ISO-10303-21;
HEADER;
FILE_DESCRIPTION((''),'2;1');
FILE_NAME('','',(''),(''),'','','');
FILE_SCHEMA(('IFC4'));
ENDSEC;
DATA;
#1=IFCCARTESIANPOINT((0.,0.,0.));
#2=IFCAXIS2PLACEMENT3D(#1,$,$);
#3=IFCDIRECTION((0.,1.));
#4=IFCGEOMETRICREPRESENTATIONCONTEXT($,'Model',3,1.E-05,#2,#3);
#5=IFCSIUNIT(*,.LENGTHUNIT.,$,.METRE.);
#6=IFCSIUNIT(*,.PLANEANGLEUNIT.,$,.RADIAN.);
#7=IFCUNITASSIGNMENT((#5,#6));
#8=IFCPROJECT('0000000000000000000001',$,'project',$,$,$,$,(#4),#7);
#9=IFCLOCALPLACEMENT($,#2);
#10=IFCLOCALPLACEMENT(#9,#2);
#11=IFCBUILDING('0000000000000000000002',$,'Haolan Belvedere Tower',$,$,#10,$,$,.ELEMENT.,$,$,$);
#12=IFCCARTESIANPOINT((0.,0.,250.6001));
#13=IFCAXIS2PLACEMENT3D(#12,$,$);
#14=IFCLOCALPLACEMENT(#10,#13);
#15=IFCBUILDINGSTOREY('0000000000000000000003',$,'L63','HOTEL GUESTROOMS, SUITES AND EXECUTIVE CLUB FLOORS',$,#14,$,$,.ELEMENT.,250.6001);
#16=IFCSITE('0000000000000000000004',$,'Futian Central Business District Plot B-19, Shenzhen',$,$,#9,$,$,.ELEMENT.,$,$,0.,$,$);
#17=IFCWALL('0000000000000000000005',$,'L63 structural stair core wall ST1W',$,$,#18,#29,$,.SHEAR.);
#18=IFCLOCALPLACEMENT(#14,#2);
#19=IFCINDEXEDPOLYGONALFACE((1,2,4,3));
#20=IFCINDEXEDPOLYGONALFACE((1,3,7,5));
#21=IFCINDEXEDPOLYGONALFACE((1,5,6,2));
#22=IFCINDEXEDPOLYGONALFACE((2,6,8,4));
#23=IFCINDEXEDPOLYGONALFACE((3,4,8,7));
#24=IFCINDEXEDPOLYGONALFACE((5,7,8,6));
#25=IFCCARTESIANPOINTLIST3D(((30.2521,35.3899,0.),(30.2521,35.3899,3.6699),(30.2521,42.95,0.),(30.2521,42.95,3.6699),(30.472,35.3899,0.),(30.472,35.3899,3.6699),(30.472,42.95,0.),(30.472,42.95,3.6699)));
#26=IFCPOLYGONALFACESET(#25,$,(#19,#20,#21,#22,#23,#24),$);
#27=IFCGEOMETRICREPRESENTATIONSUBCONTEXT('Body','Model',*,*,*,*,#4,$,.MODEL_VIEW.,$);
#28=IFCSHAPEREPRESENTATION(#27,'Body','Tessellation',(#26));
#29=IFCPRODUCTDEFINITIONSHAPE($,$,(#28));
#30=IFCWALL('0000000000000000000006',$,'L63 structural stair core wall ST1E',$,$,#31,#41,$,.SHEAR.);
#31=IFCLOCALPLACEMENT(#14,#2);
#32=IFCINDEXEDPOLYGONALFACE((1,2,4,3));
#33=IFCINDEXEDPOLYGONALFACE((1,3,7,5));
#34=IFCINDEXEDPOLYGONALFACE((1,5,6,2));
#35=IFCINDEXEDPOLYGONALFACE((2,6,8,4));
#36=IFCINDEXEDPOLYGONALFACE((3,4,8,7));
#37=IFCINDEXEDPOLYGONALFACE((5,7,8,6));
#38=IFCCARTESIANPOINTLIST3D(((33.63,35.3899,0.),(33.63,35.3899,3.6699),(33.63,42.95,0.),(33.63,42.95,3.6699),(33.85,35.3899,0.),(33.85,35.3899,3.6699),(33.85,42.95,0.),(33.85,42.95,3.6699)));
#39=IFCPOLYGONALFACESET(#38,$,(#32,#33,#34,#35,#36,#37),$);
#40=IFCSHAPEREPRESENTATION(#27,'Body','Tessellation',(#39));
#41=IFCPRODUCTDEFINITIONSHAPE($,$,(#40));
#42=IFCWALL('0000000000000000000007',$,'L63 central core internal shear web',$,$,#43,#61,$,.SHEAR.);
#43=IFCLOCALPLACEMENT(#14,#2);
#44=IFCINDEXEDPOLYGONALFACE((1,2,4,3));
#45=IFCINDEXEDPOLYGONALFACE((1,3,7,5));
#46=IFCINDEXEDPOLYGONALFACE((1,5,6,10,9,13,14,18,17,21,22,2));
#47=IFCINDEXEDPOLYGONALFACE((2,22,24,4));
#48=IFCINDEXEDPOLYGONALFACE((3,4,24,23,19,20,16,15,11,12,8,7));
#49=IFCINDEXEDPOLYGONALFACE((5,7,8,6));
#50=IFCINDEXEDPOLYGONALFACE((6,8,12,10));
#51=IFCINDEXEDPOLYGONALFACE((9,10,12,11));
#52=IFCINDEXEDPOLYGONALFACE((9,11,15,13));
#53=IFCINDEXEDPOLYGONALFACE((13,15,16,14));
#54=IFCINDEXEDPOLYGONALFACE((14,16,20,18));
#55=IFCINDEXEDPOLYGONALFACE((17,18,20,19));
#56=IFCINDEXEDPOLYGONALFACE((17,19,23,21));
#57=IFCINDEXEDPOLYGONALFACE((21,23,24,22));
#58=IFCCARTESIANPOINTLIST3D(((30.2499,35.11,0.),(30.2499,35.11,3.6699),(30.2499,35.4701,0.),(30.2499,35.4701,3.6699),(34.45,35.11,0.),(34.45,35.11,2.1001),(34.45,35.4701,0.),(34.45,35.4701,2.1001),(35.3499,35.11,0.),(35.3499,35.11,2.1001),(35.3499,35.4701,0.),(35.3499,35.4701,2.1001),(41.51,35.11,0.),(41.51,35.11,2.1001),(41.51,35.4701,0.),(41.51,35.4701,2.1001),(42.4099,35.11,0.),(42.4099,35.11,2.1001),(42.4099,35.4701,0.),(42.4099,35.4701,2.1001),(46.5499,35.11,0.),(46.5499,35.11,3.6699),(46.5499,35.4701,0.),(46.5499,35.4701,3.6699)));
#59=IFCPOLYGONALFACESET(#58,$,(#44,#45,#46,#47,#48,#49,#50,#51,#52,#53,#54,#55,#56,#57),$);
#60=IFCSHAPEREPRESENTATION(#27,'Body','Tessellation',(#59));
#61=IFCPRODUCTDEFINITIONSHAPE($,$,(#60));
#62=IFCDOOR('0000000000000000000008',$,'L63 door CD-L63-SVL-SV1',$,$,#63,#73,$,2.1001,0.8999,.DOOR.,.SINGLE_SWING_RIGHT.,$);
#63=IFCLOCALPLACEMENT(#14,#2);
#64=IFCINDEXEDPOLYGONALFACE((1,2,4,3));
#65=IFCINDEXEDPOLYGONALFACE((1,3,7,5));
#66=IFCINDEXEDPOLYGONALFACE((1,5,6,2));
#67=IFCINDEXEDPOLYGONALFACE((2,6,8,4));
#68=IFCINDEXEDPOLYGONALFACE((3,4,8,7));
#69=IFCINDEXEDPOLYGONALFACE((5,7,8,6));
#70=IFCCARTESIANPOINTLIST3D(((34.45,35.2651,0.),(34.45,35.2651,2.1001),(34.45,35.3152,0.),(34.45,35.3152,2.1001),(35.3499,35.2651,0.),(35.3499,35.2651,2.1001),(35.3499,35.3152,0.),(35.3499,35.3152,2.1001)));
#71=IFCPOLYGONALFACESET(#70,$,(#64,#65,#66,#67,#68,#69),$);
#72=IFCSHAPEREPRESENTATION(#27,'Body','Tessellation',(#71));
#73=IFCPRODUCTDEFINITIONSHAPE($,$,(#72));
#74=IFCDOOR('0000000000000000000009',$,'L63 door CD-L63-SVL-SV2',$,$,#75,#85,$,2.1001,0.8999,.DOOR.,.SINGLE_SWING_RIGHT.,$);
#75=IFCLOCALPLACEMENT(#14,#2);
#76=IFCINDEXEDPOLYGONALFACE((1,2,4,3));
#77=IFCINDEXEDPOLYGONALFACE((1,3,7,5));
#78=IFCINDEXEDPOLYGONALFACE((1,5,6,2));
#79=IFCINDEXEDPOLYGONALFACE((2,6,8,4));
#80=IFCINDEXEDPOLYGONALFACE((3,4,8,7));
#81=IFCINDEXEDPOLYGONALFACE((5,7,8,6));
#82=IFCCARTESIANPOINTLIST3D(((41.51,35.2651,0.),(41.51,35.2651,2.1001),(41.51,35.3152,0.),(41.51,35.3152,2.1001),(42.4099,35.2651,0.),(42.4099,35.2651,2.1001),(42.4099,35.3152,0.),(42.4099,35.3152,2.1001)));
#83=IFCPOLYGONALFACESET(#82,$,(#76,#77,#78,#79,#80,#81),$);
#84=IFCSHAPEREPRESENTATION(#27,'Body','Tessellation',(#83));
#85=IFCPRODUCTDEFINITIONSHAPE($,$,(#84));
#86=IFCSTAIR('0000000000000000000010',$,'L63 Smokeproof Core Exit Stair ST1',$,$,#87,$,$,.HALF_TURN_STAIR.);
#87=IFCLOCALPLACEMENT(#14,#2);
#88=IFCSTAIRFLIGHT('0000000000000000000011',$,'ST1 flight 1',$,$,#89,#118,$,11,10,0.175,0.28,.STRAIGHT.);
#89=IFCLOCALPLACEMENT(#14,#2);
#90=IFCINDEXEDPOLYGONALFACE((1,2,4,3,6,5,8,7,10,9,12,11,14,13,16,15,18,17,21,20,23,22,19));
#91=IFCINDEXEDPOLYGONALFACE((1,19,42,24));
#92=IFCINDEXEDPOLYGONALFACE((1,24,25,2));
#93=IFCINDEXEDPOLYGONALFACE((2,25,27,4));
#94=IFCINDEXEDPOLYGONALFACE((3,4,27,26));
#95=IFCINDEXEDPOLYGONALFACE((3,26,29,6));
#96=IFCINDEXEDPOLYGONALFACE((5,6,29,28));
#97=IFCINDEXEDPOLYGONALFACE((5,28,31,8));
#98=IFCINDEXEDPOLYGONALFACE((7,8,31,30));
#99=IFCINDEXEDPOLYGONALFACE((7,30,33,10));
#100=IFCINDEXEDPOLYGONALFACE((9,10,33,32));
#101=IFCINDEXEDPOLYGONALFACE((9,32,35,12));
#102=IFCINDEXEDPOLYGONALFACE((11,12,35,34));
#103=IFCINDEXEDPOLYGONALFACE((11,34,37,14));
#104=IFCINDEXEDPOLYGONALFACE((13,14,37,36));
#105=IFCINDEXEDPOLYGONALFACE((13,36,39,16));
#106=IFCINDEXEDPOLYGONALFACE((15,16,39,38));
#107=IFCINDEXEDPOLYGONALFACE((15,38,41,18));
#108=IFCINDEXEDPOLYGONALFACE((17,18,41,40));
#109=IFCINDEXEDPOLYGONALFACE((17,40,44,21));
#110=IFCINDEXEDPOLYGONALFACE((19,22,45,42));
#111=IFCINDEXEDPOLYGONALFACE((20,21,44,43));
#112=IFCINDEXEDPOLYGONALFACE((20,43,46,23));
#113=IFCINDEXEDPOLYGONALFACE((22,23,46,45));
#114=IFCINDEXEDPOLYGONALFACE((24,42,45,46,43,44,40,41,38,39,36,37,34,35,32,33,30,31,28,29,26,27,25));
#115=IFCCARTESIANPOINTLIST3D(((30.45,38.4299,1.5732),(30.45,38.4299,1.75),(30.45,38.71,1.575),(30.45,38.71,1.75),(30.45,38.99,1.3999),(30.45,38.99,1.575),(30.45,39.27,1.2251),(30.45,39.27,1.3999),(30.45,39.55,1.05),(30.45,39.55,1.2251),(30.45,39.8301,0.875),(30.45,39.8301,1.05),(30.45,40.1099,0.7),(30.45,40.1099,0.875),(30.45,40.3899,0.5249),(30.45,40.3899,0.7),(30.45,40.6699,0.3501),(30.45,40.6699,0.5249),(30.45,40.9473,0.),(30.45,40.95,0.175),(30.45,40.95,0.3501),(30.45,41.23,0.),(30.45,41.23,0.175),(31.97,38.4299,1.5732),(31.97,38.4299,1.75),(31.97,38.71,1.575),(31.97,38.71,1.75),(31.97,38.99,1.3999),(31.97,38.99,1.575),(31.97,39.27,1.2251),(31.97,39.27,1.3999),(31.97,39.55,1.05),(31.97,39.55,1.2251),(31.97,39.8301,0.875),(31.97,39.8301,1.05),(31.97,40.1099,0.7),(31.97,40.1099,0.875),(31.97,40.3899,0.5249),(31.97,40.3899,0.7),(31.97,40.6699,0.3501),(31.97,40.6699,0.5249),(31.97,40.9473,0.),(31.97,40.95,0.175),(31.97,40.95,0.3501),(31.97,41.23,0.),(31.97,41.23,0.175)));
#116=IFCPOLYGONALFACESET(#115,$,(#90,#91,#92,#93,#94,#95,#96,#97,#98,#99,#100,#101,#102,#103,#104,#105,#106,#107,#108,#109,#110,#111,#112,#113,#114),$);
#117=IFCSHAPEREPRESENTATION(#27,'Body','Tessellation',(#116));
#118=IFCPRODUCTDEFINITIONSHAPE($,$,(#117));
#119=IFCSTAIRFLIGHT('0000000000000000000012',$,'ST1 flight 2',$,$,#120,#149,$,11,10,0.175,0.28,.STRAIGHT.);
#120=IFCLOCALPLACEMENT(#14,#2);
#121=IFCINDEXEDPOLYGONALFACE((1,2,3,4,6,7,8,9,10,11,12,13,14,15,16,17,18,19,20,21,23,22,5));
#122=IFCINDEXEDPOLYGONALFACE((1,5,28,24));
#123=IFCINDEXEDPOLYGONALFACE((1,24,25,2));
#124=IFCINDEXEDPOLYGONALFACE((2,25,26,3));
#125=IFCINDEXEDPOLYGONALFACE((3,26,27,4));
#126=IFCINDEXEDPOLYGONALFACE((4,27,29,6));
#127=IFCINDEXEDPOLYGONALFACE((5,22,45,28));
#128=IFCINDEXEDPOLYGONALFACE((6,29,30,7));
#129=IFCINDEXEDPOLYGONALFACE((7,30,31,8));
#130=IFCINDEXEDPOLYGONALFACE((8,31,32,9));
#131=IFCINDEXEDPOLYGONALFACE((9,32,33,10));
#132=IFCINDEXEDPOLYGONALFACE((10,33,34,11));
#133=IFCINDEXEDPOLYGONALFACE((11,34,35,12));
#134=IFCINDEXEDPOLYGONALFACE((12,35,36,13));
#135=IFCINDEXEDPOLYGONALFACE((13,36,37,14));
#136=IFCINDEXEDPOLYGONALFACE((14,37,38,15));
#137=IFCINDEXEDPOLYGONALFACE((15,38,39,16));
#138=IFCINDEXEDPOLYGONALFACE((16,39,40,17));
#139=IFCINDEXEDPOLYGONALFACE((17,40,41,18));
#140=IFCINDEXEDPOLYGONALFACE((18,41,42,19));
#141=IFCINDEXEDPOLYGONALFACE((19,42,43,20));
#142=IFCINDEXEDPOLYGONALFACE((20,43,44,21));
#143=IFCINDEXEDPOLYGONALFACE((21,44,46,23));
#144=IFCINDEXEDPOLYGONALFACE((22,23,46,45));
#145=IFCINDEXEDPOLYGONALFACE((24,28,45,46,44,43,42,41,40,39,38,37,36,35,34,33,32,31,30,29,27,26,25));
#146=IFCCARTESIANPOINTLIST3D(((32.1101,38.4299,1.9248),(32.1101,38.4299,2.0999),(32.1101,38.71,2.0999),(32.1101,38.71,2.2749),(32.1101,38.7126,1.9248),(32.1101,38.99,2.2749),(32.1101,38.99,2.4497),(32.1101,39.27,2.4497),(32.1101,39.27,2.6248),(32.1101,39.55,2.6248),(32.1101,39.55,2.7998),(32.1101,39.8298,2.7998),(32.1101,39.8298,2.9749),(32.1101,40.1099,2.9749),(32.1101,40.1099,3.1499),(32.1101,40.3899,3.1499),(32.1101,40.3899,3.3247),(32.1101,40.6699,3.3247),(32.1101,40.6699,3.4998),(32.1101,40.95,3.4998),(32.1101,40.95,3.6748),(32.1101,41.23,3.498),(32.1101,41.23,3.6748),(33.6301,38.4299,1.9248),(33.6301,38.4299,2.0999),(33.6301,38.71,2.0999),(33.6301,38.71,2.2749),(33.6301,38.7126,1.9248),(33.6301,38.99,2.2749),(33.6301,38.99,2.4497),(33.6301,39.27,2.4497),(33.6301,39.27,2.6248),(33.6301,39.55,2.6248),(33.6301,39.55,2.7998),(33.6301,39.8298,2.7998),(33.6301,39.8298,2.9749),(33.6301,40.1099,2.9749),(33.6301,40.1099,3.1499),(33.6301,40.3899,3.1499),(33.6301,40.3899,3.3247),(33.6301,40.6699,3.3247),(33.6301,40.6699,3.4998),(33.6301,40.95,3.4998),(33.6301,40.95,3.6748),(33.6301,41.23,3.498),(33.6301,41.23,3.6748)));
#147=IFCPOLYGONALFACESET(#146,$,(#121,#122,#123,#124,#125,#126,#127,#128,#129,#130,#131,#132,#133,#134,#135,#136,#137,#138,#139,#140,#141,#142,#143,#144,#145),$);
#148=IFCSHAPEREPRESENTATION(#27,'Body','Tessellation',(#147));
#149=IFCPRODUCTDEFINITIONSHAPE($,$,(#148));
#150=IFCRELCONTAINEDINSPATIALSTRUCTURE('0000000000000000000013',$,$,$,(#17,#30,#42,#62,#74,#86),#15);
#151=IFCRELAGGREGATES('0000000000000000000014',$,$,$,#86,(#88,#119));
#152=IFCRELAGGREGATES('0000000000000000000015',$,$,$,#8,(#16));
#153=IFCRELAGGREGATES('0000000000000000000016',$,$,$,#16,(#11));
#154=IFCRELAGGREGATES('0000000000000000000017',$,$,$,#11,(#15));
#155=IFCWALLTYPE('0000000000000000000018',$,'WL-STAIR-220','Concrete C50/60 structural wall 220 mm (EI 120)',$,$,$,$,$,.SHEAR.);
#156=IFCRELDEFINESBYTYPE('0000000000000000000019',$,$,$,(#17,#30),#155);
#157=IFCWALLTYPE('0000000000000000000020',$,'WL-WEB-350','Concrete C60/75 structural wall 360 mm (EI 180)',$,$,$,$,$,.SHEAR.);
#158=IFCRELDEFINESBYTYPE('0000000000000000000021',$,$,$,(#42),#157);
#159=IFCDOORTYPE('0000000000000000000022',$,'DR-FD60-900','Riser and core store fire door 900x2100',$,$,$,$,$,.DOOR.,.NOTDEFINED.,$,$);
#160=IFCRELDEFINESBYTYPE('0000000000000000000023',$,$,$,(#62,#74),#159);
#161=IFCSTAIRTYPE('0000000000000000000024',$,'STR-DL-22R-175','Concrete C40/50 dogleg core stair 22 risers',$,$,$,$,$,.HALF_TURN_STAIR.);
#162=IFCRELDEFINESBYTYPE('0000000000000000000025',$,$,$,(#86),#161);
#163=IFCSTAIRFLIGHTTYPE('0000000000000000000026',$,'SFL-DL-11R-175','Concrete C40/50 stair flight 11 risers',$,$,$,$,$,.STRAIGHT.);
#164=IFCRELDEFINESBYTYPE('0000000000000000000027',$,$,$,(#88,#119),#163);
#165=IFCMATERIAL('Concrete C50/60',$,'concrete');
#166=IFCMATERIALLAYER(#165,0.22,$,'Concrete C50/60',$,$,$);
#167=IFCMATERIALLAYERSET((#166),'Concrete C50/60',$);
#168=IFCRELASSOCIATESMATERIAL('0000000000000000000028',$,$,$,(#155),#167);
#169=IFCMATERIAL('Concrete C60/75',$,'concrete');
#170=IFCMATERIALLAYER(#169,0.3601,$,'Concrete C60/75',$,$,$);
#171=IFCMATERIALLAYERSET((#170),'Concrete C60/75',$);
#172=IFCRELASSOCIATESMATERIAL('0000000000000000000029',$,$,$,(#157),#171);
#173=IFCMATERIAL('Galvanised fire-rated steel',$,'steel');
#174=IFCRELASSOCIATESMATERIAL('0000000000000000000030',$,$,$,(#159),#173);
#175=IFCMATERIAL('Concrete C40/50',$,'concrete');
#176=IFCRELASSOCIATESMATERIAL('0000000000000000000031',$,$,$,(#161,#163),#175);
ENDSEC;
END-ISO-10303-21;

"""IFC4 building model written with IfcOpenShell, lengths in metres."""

from ifc_helpers import new_model, si_unit, direction, frame, frame_2d, origin, place, context, subcontext, project, spatial, polyline, rectangle, outline, extrude, material, layer, layer_set, type_object, element, fill, aggregate, save


model = new_model("IFC4")

# Units and contexts
model_context = context("Model", 3, precision=1e-05, world=origin(), true_north=direction((0.0, 1.0)))
body_context = subcontext(model_context, "Body", "Model", "MODEL_VIEW")
ifc_project = project(units=[si_unit("LENGTHUNIT", "METRE"), si_unit("PLANEANGLEUNIT", "RADIAN")], contexts=[model_context])

# Site, building, storey
site_placement = place(None, origin())
site = spatial("IfcSite", under=ifc_project, at=site_placement, Name="Futian Central Business District Plot B-19, Shenzhen", CompositionType="ELEMENT", RefElevation=0.0)
building_placement = place(site_placement, origin())
building = spatial("IfcBuilding", under=site, at=building_placement, Name="Haolan Belvedere Tower", CompositionType="ELEMENT")
storey_placement = place(building_placement, frame((0.0, 0.0, 250.6001)))
storey = spatial("IfcBuildingStorey", under=building, at=storey_placement, Name="L63", Description="HOTEL GUESTROOMS, SUITES AND EXECUTIVE CLUB FLOORS", CompositionType="ELEMENT", Elevation=250.6001)

# Shared definitions
ifc_material_1 = material(Name="Concrete C50/60", Category="concrete")

# Walls
ifc_layer_1 = layer(ifc_material_1, 0.22, Name="Concrete C50/60")
ifc_layer_set_1 = layer_set([ifc_layer_1], Name="Concrete C50/60")
wall_type_1 = type_object("IfcWallType", Name="WL-STAIR-220", Description="Concrete C50/60 structural wall 220 mm (EI 120)", PredefinedType="SHEAR", material=ifc_layer_set_1)
for number, where, z_axis, x_axis, name in (
    (1, (30.3621, 35.3899, 0.0), (0.0, 0.0, 1.0), (0.0, 1.0, 0.0), "L63 structural stair core wall ST1W"),
    (2, (33.74, 35.3899, 0.0), (0.0, 0.0, 1.0), (0.0, 1.0, 0.0), "L63 structural stair core wall ST1E"),
):
    element("IfcWall", number, at=place(storey_placement, frame(where, z_axis=z_axis, x_axis=x_axis)), inside=storey, type_object=wall_type_1, Name=name, PredefinedType="SHEAR", context=body_context, shape_type="SweptSolid", body=[
        extrude(rectangle(XDim=7.5601, YDim=0.22, at=frame_2d((3.78, 0.0))), origin(), (0.0, 0.0, 1.0), 3.6699),
    ])

# Wall, openings, doors
ifc_material_2 = material(Name="Concrete C60/75", Category="concrete")
ifc_layer_2 = layer(ifc_material_2, 0.3601, Name="Concrete C60/75")
ifc_layer_set_2 = layer_set([ifc_layer_2], Name="Concrete C60/75")
wall_type_2 = type_object("IfcWallType", Name="WL-WEB-350", Description="Concrete C60/75 structural wall 360 mm (EI 180)", PredefinedType="SHEAR", material=ifc_layer_set_2)
wall_1_placement = place(storey_placement, frame((30.25, 35.29, 0.0), z_axis=(0.0, 0.0, 1.0), x_axis=(1.0, 0.0, 0.0)))
wall_1 = element("IfcWall", 3, at=wall_1_placement, inside=storey, type_object=wall_type_2, Name="L63 central core internal shear web", PredefinedType="SHEAR", context=body_context, shape_type="SweptSolid", body=[
    extrude(rectangle(XDim=16.3, YDim=0.3601, at=frame_2d((8.1499, 0.0))), origin(), (0.0, 0.0, 1.0), 3.6699),
])
opening_1_placement = place(wall_1_placement, frame((5.0999, 0.0, 0.0), z_axis=(0.0, 0.0, 1.0), x_axis=(-1.0, 0.0, 0.0)))
opening_1 = element("IfcOpeningElement", 4, at=opening_1_placement, cuts=wall_1, PredefinedType="OPENING", context=body_context, shape_type="SweptSolid", body=[
    extrude(rectangle(XDim=0.8999, YDim=2.1001, at=frame_2d((0.45, 1.05))), frame((0.0, 0.1899, 0.0), z_axis=(0.0, -1.0, 0.0), x_axis=(1.0, 0.0, 0.0)), (0.0, 0.0, 1.0), 0.3801),
])
opening_2_placement = place(wall_1_placement, frame((12.1599, 0.0, 0.0), z_axis=(0.0, 0.0, 1.0), x_axis=(-1.0, 0.0, 0.0)))
opening_2 = element("IfcOpeningElement", 5, at=opening_2_placement, cuts=wall_1, PredefinedType="OPENING", context=body_context, shape_type="SweptSolid", body=[
    extrude(rectangle(XDim=0.8999, YDim=2.1001, at=frame_2d((0.45, 1.05))), frame((0.0, 0.1899, 0.0), z_axis=(0.0, -1.0, 0.0), x_axis=(1.0, 0.0, 0.0)), (0.0, 0.0, 1.0), 0.3801),
])
ifc_material_3 = material(Name="Galvanised fire-rated steel", Category="steel")
door_type_1 = type_object("IfcDoorType", Name="DR-FD60-900", Description="Riser and core store fire door 900x2100", OperationType="NOTDEFINED", PredefinedType="DOOR", material=ifc_material_3)
door_1_placement = place(opening_1_placement, origin())
door_1 = element("IfcDoor", 6, at=door_1_placement, inside=storey, type_object=door_type_1, Name="L63 door CD-L63-SVL-SV1", OperationType="SINGLE_SWING_RIGHT", OverallHeight=2.1001, OverallWidth=0.8999, PredefinedType="DOOR", context=body_context, shape_type="SweptSolid", body=[
    extrude(rectangle(XDim=0.8999, YDim=2.1001, at=frame_2d((0.45, 1.05))), frame((0.0, 0.0249, 0.0), z_axis=(0.0, -1.0, 0.0), x_axis=(1.0, 0.0, 0.0)), (0.0, 0.0, 1.0), 0.05),
])
fill(opening_1, door_1)
door_2_placement = place(opening_2_placement, origin())
door_2 = element("IfcDoor", 7, at=door_2_placement, inside=storey, type_object=door_type_1, Name="L63 door CD-L63-SVL-SV2", OperationType="SINGLE_SWING_RIGHT", OverallHeight=2.1001, OverallWidth=0.8999, PredefinedType="DOOR", context=body_context, shape_type="SweptSolid", body=[
    extrude(rectangle(XDim=0.8999, YDim=2.1001, at=frame_2d((0.45, 1.05))), frame((0.0, 0.0249, 0.0), z_axis=(0.0, -1.0, 0.0), x_axis=(1.0, 0.0, 0.0)), (0.0, 0.0, 1.0), 0.05),
])
fill(opening_2, door_2)

# Stair, stair flights
ifc_material_4 = material(Name="Concrete C40/50", Category="concrete")
stair_type = type_object("IfcStairType", Name="STR-DL-22R-175", Description="Concrete C40/50 dogleg core stair 22 risers", PredefinedType="HALF_TURN_STAIR", material=ifc_material_4)
stair_placement = place(storey_placement, origin())
stair = element("IfcStair", 8, at=stair_placement, inside=storey, type_object=stair_type, Name="L63 Smokeproof Core Exit Stair ST1", PredefinedType="HALF_TURN_STAIR")
stair_flight_type = type_object("IfcStairFlightType", Name="SFL-DL-11R-175", Description="Concrete C40/50 stair flight 11 risers", PredefinedType="STRAIGHT", material=ifc_material_4)
stair_flight_1_placement = place(storey_placement, frame((31.21, 41.23, 0.0), z_axis=(0.0, 0.0, 1.0), x_axis=(0.0, -1.0, 0.0)))
stair_flight_1 = element("IfcStairFlight", 9, at=stair_flight_1_placement, type_object=stair_flight_type, Name="ST1 flight 1", NumberOfRisers=11, NumberOfTreads=10, PredefinedType="STRAIGHT", RiserHeight=0.175, TreadLength=0.28, context=body_context, shape_type="SweptSolid", body=[
    extrude(outline(polyline([(0.0, 0.0), (0.0, 0.175), (0.28, 0.175), (0.28, 0.3501), (0.5601, 0.3501), (0.5601, 0.5249), (0.8401, 0.5249), (0.8401, 0.7), (1.1201, 0.7), (1.1201, 0.875), (1.3999, 0.875), (1.3999, 1.05), (1.6799, 1.05), (1.6799, 1.2251), (1.96, 1.2251), (1.96, 1.3999), (2.24, 1.3999), (2.24, 1.575), (2.52, 1.575), (2.52, 1.75), (2.8, 1.75), (2.8, 1.925), (2.8, 1.5732), (0.2827, 0.0), (0.0, 0.0)])), frame((0.0, 0.76, 0.0), z_axis=(0.0, -1.0, 0.0), x_axis=(1.0, 0.0, 0.0)), (0.0, 0.0, 1.0), 1.52),
])
stair_flight_2_placement = place(storey_placement, frame((32.8701, 38.4299, 1.9248), z_axis=(0.0, 0.0, 1.0), x_axis=(0.0, 1.0, 0.0)))
stair_flight_2 = element("IfcStairFlight", 10, at=stair_flight_2_placement, type_object=stair_flight_type, Name="ST1 flight 2", NumberOfRisers=11, NumberOfTreads=10, PredefinedType="STRAIGHT", RiserHeight=0.175, TreadLength=0.28, context=body_context, shape_type="SweptSolid", body=[
    extrude(outline(polyline([(0.0, 0.0), (0.0, 0.175), (0.28, 0.175), (0.28, 0.3501), (0.5601, 0.3501), (0.5601, 0.5249), (0.8401, 0.5249), (0.8401, 0.7), (1.1201, 0.7), (1.1201, 0.875), (1.3999, 0.875), (1.3999, 1.05), (1.6799, 1.05), (1.6799, 1.2251), (1.96, 1.2251), (1.96, 1.3999), (2.24, 1.3999), (2.24, 1.575), (2.52, 1.575), (2.52, 1.75), (2.8, 1.75), (2.8, 1.925), (2.8, 1.5732), (0.2827, 0.0), (0.0, 0.0)])), frame((0.0, 0.76, 0.0), z_axis=(0.0, -1.0, 0.0), x_axis=(1.0, 0.0, 0.0)), (0.0, 0.0, 1.0), 1.52),
])
aggregate(stair, [stair_flight_1, stair_flight_2])

save(model, "model.ifc")
